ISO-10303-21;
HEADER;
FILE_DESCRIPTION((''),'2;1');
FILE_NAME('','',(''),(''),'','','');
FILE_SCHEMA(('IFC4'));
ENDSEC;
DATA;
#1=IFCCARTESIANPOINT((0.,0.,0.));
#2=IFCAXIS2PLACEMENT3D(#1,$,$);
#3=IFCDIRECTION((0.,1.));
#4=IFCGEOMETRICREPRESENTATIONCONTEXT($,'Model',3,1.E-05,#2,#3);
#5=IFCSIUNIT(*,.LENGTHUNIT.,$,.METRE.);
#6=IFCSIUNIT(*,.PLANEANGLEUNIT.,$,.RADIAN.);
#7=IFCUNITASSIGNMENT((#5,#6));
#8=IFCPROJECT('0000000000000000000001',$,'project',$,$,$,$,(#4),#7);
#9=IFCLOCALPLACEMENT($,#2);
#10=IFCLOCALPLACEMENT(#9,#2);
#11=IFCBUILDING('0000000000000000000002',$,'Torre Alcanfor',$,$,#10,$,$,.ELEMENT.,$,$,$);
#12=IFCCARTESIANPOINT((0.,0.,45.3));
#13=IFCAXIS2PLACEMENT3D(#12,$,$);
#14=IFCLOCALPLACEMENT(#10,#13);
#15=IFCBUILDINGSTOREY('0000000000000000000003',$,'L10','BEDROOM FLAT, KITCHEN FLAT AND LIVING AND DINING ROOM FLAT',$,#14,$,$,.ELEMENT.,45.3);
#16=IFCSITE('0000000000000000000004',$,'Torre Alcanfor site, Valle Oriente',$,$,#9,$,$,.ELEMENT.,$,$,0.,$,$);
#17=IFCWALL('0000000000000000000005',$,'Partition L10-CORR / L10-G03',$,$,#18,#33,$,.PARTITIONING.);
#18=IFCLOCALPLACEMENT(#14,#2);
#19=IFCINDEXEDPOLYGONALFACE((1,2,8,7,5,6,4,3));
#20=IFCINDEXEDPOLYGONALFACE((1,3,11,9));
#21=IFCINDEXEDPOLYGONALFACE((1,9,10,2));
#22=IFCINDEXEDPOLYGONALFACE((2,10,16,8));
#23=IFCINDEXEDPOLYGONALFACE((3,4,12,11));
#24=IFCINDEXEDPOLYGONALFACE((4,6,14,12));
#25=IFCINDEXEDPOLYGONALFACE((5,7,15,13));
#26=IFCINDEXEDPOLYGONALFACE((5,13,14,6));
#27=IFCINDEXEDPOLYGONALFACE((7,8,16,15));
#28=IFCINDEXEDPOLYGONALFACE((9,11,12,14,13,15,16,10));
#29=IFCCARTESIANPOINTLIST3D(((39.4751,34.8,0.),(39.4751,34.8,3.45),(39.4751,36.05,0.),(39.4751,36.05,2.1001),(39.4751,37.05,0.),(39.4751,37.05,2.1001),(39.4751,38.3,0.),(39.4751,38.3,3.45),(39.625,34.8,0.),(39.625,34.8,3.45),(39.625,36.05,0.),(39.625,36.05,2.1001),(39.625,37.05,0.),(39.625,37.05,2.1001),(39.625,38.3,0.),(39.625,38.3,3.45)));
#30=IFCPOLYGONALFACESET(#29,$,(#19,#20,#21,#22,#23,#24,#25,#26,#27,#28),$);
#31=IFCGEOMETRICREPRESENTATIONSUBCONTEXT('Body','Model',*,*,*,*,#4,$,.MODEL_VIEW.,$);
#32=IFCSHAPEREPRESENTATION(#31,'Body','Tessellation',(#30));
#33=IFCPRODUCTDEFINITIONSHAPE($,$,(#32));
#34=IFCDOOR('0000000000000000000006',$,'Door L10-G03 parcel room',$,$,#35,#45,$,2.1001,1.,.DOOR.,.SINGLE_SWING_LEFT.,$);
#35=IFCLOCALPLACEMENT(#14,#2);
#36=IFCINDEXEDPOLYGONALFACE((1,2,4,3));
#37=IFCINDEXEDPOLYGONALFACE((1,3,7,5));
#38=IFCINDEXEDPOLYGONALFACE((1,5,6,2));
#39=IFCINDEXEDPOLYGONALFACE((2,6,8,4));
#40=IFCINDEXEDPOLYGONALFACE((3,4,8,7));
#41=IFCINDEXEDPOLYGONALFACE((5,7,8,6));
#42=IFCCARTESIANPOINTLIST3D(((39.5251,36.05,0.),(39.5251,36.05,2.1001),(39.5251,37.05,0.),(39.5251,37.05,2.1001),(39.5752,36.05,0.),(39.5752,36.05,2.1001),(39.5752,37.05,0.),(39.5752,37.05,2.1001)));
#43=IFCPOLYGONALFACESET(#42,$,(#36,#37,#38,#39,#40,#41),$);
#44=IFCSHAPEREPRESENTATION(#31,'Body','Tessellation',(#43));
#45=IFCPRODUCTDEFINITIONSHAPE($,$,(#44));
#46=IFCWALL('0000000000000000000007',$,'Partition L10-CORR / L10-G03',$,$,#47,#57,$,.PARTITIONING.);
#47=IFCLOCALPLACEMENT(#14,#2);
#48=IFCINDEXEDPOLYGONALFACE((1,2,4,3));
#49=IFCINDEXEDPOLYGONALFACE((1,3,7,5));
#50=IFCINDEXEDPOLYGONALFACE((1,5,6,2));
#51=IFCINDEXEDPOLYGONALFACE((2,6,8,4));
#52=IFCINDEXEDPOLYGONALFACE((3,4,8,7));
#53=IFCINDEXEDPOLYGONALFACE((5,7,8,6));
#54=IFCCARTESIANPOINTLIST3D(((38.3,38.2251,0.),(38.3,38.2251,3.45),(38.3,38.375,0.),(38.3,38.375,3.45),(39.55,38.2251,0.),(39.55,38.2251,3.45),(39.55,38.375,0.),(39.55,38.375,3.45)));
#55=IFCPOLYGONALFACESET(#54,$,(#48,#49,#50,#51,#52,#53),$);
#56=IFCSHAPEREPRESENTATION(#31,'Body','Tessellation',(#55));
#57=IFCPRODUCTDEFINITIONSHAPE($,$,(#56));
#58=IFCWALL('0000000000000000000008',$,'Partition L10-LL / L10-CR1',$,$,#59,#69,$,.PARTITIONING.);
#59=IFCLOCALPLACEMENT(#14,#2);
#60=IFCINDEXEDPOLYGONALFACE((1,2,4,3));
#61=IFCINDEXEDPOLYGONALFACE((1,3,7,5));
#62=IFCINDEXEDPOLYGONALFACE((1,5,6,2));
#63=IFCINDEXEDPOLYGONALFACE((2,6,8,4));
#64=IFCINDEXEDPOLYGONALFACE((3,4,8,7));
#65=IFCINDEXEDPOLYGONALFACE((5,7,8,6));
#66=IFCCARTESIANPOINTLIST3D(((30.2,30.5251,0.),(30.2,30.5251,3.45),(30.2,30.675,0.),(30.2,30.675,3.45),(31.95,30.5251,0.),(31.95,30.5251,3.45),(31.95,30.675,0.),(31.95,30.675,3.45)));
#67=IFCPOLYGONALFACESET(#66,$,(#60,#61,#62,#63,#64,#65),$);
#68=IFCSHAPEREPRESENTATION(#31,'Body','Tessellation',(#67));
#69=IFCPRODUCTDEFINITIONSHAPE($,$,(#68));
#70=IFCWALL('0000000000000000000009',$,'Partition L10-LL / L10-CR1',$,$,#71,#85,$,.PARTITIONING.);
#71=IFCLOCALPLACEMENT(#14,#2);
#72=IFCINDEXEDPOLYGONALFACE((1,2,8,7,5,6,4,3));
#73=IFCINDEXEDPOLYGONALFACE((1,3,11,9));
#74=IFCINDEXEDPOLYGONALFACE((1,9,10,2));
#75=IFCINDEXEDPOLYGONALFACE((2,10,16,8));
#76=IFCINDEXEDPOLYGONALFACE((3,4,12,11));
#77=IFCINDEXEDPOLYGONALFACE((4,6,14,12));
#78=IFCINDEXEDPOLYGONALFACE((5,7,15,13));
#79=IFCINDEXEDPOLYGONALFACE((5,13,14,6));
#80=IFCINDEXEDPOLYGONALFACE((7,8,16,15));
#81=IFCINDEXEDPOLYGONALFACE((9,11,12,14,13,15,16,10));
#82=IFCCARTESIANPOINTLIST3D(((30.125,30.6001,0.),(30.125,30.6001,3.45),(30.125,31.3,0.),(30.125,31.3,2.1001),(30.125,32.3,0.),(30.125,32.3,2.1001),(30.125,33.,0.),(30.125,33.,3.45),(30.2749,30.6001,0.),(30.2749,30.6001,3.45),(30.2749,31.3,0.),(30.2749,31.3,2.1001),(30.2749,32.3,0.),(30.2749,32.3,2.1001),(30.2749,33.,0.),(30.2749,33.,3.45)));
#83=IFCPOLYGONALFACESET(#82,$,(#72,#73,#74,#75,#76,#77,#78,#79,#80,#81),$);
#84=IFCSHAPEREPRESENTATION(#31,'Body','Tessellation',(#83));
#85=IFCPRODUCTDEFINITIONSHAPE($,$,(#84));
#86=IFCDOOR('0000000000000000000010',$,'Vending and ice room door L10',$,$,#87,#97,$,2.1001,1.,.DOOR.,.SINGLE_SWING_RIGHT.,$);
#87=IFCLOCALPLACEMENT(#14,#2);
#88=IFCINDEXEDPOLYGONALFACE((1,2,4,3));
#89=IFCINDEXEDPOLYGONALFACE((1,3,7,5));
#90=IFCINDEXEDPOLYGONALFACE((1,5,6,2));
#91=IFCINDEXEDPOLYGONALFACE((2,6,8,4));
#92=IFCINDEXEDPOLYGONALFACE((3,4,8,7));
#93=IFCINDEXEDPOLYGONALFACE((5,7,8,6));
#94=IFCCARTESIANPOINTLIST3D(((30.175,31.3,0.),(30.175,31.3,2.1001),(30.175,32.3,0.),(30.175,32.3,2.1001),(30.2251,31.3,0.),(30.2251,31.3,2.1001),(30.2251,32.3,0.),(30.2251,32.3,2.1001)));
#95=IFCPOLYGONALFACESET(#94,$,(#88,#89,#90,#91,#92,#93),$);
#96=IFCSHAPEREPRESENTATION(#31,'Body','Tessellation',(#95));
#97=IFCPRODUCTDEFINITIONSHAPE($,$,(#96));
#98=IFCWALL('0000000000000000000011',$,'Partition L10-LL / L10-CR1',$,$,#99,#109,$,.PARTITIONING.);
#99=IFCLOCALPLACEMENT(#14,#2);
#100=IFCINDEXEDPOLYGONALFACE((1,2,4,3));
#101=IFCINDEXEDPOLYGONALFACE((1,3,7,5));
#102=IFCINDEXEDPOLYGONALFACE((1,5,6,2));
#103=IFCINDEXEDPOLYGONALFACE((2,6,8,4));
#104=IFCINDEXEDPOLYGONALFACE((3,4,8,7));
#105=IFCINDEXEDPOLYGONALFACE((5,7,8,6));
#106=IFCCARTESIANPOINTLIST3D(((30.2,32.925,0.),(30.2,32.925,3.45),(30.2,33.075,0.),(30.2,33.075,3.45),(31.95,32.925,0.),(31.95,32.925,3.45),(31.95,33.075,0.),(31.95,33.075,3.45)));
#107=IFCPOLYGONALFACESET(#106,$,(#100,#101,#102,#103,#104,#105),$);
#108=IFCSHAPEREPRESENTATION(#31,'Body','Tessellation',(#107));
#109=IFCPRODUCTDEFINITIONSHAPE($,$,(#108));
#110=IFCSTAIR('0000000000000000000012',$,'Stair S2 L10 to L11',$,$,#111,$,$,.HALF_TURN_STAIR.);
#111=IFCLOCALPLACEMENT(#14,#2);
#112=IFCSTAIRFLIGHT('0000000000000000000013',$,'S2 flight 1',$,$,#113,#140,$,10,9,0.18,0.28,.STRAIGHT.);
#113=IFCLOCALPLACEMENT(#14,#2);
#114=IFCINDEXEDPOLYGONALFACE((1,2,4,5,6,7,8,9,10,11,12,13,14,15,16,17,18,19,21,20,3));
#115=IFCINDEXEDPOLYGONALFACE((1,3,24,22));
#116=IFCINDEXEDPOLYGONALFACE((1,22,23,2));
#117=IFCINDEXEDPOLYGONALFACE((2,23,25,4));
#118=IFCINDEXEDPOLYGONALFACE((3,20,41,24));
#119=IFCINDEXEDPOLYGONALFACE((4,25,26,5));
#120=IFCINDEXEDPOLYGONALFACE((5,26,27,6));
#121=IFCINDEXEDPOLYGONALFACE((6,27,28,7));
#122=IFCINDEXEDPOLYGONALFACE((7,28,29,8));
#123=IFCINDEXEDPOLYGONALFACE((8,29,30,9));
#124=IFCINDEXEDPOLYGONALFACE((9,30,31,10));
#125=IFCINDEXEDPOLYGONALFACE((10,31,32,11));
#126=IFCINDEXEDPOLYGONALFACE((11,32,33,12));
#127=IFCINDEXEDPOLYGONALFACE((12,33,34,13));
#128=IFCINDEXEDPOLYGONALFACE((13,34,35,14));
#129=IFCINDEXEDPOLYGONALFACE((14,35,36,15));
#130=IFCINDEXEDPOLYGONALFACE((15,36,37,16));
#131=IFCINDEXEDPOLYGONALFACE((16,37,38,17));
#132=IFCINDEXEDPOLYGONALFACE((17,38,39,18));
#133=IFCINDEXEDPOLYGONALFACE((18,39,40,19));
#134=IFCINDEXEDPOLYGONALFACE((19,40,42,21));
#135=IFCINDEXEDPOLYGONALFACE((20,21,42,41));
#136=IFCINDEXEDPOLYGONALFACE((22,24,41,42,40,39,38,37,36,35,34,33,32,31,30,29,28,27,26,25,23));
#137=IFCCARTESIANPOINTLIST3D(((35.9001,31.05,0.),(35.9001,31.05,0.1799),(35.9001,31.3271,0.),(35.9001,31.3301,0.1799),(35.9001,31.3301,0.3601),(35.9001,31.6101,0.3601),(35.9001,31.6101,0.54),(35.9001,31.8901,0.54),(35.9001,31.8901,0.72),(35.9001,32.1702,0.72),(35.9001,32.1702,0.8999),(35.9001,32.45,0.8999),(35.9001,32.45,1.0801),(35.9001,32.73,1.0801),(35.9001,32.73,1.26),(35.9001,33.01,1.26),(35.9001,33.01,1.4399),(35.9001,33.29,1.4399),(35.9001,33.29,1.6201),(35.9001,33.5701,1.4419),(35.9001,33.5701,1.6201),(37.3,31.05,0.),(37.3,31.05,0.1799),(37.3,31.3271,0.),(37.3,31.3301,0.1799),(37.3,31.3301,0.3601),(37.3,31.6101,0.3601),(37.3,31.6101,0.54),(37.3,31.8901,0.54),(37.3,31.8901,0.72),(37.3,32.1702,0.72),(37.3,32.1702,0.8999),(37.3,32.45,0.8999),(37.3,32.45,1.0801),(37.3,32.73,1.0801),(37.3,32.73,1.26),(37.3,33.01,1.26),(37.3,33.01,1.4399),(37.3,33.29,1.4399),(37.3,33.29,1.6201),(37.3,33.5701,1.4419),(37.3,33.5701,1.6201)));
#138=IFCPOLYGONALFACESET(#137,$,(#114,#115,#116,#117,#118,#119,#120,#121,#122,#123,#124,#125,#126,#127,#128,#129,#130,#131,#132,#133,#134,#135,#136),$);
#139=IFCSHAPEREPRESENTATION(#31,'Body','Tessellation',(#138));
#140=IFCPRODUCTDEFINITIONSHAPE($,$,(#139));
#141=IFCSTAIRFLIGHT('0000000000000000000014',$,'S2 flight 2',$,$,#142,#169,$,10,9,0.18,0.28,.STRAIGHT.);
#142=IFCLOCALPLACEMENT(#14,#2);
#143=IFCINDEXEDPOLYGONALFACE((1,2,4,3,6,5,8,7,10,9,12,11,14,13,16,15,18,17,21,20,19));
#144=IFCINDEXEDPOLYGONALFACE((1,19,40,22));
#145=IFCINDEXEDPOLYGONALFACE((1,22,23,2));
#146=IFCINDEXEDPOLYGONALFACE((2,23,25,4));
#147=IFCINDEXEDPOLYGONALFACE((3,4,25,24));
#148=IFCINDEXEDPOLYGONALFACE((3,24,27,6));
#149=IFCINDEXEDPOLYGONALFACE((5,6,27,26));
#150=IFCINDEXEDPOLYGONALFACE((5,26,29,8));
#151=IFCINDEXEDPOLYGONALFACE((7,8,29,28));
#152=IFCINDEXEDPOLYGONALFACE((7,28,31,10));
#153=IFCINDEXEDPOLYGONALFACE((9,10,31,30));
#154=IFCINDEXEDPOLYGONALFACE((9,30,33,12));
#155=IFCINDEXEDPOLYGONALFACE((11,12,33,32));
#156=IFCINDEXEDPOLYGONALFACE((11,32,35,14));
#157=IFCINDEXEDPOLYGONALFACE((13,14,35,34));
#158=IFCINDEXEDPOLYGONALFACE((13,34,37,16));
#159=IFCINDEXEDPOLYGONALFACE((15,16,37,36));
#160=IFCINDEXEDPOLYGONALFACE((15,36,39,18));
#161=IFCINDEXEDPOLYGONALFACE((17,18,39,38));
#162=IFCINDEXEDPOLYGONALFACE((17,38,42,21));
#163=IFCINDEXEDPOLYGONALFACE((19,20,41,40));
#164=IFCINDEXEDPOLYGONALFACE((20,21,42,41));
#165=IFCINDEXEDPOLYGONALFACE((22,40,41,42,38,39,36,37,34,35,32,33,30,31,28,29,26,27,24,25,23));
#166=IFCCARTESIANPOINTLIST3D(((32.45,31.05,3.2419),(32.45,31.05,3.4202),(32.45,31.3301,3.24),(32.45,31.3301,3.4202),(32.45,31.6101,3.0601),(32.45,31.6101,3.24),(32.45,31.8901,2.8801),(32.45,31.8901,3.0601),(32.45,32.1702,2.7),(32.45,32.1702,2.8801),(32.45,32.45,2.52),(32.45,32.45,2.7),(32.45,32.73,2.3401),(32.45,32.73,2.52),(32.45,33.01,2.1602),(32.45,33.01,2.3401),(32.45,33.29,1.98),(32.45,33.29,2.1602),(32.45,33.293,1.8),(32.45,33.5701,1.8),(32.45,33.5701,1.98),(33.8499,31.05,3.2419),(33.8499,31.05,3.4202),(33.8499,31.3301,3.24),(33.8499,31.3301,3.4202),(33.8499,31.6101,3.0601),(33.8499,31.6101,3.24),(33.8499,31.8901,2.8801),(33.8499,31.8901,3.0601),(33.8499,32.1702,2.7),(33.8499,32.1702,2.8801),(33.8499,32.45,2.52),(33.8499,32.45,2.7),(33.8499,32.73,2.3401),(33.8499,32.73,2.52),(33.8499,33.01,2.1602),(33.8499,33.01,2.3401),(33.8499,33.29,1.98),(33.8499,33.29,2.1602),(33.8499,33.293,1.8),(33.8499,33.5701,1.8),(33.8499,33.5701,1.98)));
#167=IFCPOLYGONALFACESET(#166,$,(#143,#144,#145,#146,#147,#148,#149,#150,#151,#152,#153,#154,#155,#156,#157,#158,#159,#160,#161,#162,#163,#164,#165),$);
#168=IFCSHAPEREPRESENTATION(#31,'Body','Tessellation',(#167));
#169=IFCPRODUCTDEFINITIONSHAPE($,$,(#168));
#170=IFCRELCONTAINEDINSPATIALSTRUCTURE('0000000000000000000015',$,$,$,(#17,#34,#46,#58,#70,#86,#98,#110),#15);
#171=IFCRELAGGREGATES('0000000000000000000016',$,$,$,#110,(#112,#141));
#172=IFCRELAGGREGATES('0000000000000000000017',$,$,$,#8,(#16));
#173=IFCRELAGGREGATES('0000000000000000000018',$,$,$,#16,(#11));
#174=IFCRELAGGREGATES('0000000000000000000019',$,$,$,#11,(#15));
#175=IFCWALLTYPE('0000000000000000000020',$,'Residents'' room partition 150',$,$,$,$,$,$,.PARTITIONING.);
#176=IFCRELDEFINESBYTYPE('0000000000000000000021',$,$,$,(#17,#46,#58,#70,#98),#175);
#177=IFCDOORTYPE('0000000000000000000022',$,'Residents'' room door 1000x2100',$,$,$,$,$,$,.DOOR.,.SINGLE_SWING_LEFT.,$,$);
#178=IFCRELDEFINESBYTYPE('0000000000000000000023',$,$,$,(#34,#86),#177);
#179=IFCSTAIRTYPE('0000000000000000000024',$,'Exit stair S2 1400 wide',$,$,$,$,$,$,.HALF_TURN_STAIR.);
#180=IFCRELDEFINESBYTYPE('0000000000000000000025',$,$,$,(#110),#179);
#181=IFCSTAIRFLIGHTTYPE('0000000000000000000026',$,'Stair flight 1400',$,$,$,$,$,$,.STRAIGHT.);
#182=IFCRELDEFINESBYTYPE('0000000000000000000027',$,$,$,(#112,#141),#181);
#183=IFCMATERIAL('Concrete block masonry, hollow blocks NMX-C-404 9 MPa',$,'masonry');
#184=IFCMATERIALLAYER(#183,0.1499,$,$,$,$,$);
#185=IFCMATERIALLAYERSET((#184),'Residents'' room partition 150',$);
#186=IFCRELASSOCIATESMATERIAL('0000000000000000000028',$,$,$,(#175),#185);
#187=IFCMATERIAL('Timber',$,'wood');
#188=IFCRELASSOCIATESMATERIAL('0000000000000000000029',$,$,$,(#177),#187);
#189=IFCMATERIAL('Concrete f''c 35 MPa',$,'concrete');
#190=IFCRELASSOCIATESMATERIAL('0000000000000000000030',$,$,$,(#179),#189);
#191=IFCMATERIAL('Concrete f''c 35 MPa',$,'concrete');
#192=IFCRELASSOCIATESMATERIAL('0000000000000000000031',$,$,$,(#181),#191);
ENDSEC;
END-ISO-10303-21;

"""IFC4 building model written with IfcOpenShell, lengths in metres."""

from ifc_helpers import new_model, si_unit, direction, frame, frame_2d, origin, place, context, subcontext, project, spatial, polyline, rectangle, outline, extrude, material, layer, layer_set, type_object, element, fill, aggregate, save


model = new_model("IFC4")

# Units and contexts
model_context = context("Model", 3, precision=1e-05, world=origin(), true_north=direction((0.0, 1.0)))
body_context = subcontext(model_context, "Body", "Model", "MODEL_VIEW")
ifc_project = project(units=[si_unit("LENGTHUNIT", "METRE"), si_unit("PLANEANGLEUNIT", "RADIAN")], contexts=[model_context])

# Site, building, storey
site_placement = place(None, origin())
site = spatial("IfcSite", under=ifc_project, at=site_placement, Name="Torre Alcanfor site, Valle Oriente", CompositionType="ELEMENT", RefElevation=0.0)
building_placement = place(site_placement, origin())
building = spatial("IfcBuilding", under=site, at=building_placement, Name="Torre Alcanfor", CompositionType="ELEMENT")
storey_placement = place(building_placement, frame((0.0, 0.0, 45.3)))
storey = spatial("IfcBuildingStorey", under=building, at=storey_placement, Name="L10", Description="BEDROOM FLAT, KITCHEN FLAT AND LIVING AND DINING ROOM FLAT", CompositionType="ELEMENT", Elevation=45.3)

# Shared definitions
ifc_material_1 = material(Name="Concrete block masonry, hollow blocks NMX-C-404 9 MPa", Category="masonry")
ifc_layer_1 = layer(ifc_material_1, 0.1499)
ifc_layer_set_1 = layer_set([ifc_layer_1], Name="Residents' room partition 150")
wall_type_1 = type_object("IfcWallType", Name="Residents' room partition 150", PredefinedType="PARTITIONING", material=ifc_layer_set_1)

# Shared definitions
ifc_material_2 = material(Name="Timber", Category="wood")
door_type_1 = type_object("IfcDoorType", Name="Residents' room door 1000x2100", OperationType="SINGLE_SWING_LEFT", PredefinedType="DOOR", material=ifc_material_2)

# Wall, opening, door
wall_1_placement = place(storey_placement, frame((39.55, 34.8, 0.0), z_axis=(0.0, 0.0, 1.0), x_axis=(0.0, 1.0, 0.0)))
wall_1 = element("IfcWall", 1, at=wall_1_placement, inside=storey, type_object=wall_type_1, Name="Partition L10-CORR / L10-G03", PredefinedType="PARTITIONING", context=body_context, shape_type="SweptSolid", body=[
    extrude(rectangle(XDim=3.5, YDim=0.1499, at=frame_2d((1.75, 0.0))), origin(), (0.0, 0.0, 1.0), 3.45),
])
opening_1_placement = place(wall_1_placement, frame((1.25, 0.0, 0.0)))
opening_1 = element("IfcOpeningElement", 2, at=opening_1_placement, cuts=wall_1, PredefinedType="OPENING", context=body_context, shape_type="SweptSolid", body=[
    extrude(rectangle(XDim=1.0, YDim=2.1001, at=frame_2d((0.5, 1.05))), frame((0.0, 0.085, 0.0), z_axis=(0.0, -1.0, 0.0), x_axis=(1.0, 0.0, 0.0)), (0.0, 0.0, 1.0), 0.1699),
])
door_1_placement = place(opening_1_placement, origin())
door_1 = element("IfcDoor", 3, at=door_1_placement, inside=storey, type_object=door_type_1, Name="Door L10-G03 parcel room", OperationType="SINGLE_SWING_LEFT", OverallHeight=2.1001, OverallWidth=1.0, PredefinedType="DOOR", context=body_context, shape_type="SweptSolid", body=[
    extrude(rectangle(XDim=1.0, YDim=2.1001, at=frame_2d((0.5, 1.05))), frame((0.0, 0.0249, 0.0), z_axis=(0.0, -1.0, 0.0), x_axis=(1.0, 0.0, 0.0)), (0.0, 0.0, 1.0), 0.05),
])
fill(opening_1, door_1)

# Walls
wall_2_placement = place(storey_placement, frame((39.55, 38.3, 0.0), z_axis=(0.0, 0.0, 1.0), x_axis=(-1.0, 0.0, 0.0)))
element("IfcWall", 4, at=wall_2_placement, inside=storey, type_object=wall_type_1, Name="Partition L10-CORR / L10-G03", PredefinedType="PARTITIONING", context=body_context, shape_type="SweptSolid", body=[
    extrude(rectangle(XDim=1.25, YDim=0.1499, at=frame_2d((0.625, 0.0))), origin(), (0.0, 0.0, 1.0), 3.45),
])
wall_3_placement = place(storey_placement, frame((31.95, 30.6001, 0.0), z_axis=(0.0, 0.0, 1.0), x_axis=(-1.0, 0.0, 0.0)))
element("IfcWall", 5, at=wall_3_placement, inside=storey, type_object=wall_type_1, Name="Partition L10-LL / L10-CR1", PredefinedType="PARTITIONING", context=body_context, shape_type="SweptSolid", body=[
    extrude(rectangle(XDim=1.75, YDim=0.1499, at=frame_2d((0.875, 0.0))), origin(), (0.0, 0.0, 1.0), 3.45),
])

# Wall, opening, door
wall_4_placement = place(storey_placement, frame((30.2, 30.6001, 0.0), z_axis=(0.0, 0.0, 1.0), x_axis=(0.0, 1.0, 0.0)))
wall_4 = element("IfcWall", 6, at=wall_4_placement, inside=storey, type_object=wall_type_1, Name="Partition L10-LL / L10-CR1", PredefinedType="PARTITIONING", context=body_context, shape_type="SweptSolid", body=[
    extrude(rectangle(XDim=2.3999, YDim=0.1499, at=frame_2d((1.2, 0.0))), origin(), (0.0, 0.0, 1.0), 3.45),
])
opening_2_placement = place(wall_4_placement, frame((0.7, 0.0, 0.0)))
opening_2 = element("IfcOpeningElement", 7, at=opening_2_placement, cuts=wall_4, PredefinedType="OPENING", context=body_context, shape_type="SweptSolid", body=[
    extrude(rectangle(XDim=1.0, YDim=2.1001, at=frame_2d((0.5, 1.05))), frame((0.0, 0.085, 0.0), z_axis=(0.0, -1.0, 0.0), x_axis=(1.0, 0.0, 0.0)), (0.0, 0.0, 1.0), 0.1699),
])
door_2_placement = place(opening_2_placement, frame((1.0, 0.0, 0.0), z_axis=(0.0, 0.0, 1.0), x_axis=(-1.0, 0.0, 0.0)))
door_2 = element("IfcDoor", 8, at=door_2_placement, inside=storey, type_object=door_type_1, Name="Vending and ice room door L10", OperationType="SINGLE_SWING_RIGHT", OverallHeight=2.1001, OverallWidth=1.0, PredefinedType="DOOR", context=body_context, shape_type="SweptSolid", body=[
    extrude(rectangle(XDim=1.0, YDim=2.1001, at=frame_2d((0.5, 1.05))), frame((0.0, 0.0251, 0.0), z_axis=(0.0, -1.0, 0.0), x_axis=(1.0, 0.0, 0.0)), (0.0, 0.0, 1.0), 0.05),
])
fill(opening_2, door_2)

# Wall
wall_5_placement = place(storey_placement, frame((30.2, 33.0, 0.0), z_axis=(0.0, 0.0, 1.0), x_axis=(1.0, 0.0, 0.0)))
element("IfcWall", 9, at=wall_5_placement, inside=storey, type_object=wall_type_1, Name="Partition L10-LL / L10-CR1", PredefinedType="PARTITIONING", context=body_context, shape_type="SweptSolid", body=[
    extrude(rectangle(XDim=1.75, YDim=0.1499, at=frame_2d((0.875, 0.0))), origin(), (0.0, 0.0, 1.0), 3.45),
])

# Stair, stair flights
ifc_material_3 = material(Name="Concrete f'c 35 MPa", Category="concrete")
stair_type = type_object("IfcStairType", Name="Exit stair S2 1400 wide", PredefinedType="HALF_TURN_STAIR", material=ifc_material_3)
stair_placement = place(storey_placement, origin())
stair = element("IfcStair", 10, at=stair_placement, inside=storey, type_object=stair_type, Name="Stair S2 L10 to L11", PredefinedType="HALF_TURN_STAIR")
ifc_material_4 = material(Name="Concrete f'c 35 MPa", Category="concrete")
stair_flight_type = type_object("IfcStairFlightType", Name="Stair flight 1400", PredefinedType="STRAIGHT", material=ifc_material_4)
stair_flight_1_placement = place(storey_placement, frame((36.6001, 31.05, 0.0), z_axis=(0.0, 0.0, 1.0), x_axis=(0.0, 1.0, 0.0)))
stair_flight_1 = element("IfcStairFlight", 11, at=stair_flight_1_placement, type_object=stair_flight_type, Name="S2 flight 1", NumberOfRisers=10, NumberOfTreads=9, PredefinedType="STRAIGHT", RiserHeight=0.18, TreadLength=0.28, context=body_context, shape_type="SweptSolid", body=[
    extrude(outline(polyline([(0.0, 0.0), (0.0, 0.1799), (0.28, 0.1799), (0.28, 0.3601), (0.5601, 0.3601), (0.5601, 0.54), (0.8401, 0.54), (0.8401, 0.72), (1.1201, 0.72), (1.1201, 0.8999), (1.3999, 0.8999), (1.3999, 1.0801), (1.6799, 1.0801), (1.6799, 1.26), (1.96, 1.26), (1.96, 1.4399), (2.24, 1.4399), (2.24, 1.6201), (2.52, 1.6201), (2.52, 1.8), (2.52, 1.4419), (0.2771, 0.0), (0.0, 0.0)])), frame((0.0, 0.7, 0.0), z_axis=(0.0, -1.0, 0.0), x_axis=(1.0, 0.0, 0.0)), (0.0, 0.0, 1.0), 1.3999),
])
stair_flight_2_placement = place(storey_placement, frame((33.1499, 33.5701, 1.8), z_axis=(0.0, 0.0, 1.0), x_axis=(0.0, -1.0, 0.0)))
stair_flight_2 = element("IfcStairFlight", 12, at=stair_flight_2_placement, type_object=stair_flight_type, Name="S2 flight 2", NumberOfRisers=10, NumberOfTreads=9, PredefinedType="STRAIGHT", RiserHeight=0.18, TreadLength=0.28, context=body_context, shape_type="SweptSolid", body=[
    extrude(outline(polyline([(0.0, 0.0), (0.0, 0.1799), (0.28, 0.1799), (0.28, 0.3601), (0.5601, 0.3601), (0.5601, 0.54), (0.8401, 0.54), (0.8401, 0.72), (1.1201, 0.72), (1.1201, 0.8999), (1.3999, 0.8999), (1.3999, 1.0801), (1.6799, 1.0801), (1.6799, 1.26), (1.96, 1.26), (1.96, 1.4399), (2.24, 1.4399), (2.24, 1.6201), (2.52, 1.6201), (2.52, 1.8), (2.52, 1.4419), (0.2771, 0.0), (0.0, 0.0)])), frame((0.0, 0.7, 0.0), z_axis=(0.0, -1.0, 0.0), x_axis=(1.0, 0.0, 0.0)), (0.0, 0.0, 1.0), 1.3999),
])
aggregate(stair, [stair_flight_1, stair_flight_2])

save(model, "model.ifc")
